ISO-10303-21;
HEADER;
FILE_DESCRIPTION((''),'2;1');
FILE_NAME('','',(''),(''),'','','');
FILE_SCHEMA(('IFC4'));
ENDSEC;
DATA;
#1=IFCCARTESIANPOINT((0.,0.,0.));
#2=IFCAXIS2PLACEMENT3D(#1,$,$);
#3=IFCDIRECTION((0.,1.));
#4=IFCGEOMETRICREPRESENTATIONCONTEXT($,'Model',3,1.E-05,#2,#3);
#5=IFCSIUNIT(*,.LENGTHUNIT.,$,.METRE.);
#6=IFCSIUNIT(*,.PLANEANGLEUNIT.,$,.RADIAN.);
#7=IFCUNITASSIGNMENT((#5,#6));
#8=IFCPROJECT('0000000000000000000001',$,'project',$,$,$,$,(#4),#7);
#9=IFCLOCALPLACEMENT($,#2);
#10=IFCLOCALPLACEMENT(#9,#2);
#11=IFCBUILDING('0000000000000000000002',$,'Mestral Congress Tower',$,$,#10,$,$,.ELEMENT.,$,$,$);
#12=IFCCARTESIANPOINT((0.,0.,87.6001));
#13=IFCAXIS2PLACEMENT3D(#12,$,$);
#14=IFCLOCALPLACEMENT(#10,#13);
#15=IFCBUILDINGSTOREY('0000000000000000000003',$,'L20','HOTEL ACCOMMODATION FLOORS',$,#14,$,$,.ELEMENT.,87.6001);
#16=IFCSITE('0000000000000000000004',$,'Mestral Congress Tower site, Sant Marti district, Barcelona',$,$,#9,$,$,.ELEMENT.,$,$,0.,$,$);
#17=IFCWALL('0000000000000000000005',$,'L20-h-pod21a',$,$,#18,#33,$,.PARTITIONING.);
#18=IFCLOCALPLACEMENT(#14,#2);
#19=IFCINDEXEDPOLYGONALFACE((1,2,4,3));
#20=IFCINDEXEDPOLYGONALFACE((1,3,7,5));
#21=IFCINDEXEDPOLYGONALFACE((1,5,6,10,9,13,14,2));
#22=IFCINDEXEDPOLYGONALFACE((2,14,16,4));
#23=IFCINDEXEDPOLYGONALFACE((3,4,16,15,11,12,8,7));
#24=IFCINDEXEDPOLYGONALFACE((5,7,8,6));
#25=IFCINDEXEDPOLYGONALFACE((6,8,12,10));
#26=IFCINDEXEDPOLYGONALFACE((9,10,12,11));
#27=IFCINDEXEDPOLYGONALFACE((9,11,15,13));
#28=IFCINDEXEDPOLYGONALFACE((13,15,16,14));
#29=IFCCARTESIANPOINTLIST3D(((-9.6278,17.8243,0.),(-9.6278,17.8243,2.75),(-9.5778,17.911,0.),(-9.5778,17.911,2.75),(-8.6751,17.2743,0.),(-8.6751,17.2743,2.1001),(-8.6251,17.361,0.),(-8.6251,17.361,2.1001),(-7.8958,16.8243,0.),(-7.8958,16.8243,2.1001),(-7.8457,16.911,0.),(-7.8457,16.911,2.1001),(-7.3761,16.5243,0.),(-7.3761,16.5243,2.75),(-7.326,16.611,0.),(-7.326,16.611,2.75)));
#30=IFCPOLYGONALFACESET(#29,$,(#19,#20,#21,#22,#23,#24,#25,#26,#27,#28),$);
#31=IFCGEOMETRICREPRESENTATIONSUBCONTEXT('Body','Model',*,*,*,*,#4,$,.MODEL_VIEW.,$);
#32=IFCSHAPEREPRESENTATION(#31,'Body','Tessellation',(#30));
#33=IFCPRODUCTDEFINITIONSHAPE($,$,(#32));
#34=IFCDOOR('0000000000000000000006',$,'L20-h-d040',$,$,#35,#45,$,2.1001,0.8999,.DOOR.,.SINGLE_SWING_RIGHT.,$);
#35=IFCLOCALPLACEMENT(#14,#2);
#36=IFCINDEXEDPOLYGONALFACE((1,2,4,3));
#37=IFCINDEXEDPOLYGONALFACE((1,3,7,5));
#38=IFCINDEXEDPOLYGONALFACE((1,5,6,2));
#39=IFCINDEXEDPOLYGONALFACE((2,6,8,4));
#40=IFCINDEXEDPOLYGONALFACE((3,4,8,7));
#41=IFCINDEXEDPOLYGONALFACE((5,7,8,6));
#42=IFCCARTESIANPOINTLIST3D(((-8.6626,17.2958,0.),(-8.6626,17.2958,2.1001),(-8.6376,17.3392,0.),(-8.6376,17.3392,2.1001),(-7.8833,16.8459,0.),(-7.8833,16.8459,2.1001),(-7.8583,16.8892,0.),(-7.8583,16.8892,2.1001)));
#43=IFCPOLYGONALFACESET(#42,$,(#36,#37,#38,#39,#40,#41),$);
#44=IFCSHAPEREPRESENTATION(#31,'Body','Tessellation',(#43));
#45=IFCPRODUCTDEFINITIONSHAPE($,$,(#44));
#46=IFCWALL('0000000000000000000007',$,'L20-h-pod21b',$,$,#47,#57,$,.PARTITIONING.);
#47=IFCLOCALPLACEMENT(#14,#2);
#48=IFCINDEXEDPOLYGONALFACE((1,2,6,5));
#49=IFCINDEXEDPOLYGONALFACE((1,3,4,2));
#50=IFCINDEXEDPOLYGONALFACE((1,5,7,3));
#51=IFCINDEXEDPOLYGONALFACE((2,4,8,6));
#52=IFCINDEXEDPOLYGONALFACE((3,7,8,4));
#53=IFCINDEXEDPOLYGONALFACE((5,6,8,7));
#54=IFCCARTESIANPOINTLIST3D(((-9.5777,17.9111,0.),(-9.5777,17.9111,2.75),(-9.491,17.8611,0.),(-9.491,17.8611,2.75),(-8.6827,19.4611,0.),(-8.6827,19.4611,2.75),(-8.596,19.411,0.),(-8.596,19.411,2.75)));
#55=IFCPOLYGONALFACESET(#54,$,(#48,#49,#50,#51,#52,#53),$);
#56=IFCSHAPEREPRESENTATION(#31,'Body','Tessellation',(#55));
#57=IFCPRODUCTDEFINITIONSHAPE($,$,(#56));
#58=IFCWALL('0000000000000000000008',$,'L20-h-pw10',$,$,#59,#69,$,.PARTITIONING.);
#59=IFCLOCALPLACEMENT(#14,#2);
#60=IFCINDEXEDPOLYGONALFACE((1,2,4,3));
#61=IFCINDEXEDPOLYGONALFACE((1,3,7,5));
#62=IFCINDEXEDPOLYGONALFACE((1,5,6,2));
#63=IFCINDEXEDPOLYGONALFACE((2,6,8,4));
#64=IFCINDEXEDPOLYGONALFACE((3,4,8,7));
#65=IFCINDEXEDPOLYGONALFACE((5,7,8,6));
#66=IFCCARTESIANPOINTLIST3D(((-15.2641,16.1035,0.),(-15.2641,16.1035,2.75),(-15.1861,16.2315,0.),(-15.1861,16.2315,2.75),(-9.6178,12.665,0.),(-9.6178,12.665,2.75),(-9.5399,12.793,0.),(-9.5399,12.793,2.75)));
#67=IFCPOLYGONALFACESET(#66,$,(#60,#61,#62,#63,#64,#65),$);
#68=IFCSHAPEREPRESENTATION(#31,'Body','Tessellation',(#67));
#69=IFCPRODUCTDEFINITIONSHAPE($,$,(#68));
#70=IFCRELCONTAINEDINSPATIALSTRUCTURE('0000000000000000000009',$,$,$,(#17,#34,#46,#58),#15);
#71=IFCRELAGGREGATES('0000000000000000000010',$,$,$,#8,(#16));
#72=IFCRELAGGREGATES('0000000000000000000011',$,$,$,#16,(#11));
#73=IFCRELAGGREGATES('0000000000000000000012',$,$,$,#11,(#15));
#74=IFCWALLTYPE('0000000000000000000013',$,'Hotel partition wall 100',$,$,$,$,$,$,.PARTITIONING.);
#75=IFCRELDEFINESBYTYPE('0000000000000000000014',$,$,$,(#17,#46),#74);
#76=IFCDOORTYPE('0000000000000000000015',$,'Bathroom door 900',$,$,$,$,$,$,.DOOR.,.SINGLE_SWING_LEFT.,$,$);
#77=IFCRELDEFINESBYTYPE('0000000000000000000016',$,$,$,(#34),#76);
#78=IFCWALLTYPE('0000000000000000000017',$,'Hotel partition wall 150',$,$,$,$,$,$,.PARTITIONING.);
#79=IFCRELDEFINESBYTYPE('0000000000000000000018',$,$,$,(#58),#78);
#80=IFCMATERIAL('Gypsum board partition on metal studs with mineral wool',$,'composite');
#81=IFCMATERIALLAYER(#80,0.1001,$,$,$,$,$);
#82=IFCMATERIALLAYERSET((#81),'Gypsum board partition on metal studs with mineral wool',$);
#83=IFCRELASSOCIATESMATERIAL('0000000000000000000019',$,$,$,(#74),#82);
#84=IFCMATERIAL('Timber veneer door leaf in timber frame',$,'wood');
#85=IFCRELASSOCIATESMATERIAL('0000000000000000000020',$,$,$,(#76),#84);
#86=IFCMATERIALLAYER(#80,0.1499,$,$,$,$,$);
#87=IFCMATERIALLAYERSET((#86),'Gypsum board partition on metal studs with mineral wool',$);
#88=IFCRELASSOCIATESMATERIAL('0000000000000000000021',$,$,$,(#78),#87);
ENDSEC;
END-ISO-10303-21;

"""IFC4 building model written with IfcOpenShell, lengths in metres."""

from ifc_helpers import new_model, si_unit, direction, frame, frame_2d, origin, place, context, subcontext, project, spatial, rectangle, extrude, material, layer, layer_set, type_object, element, fill, save


model = new_model("IFC4")

# Units and contexts
model_context = context("Model", 3, precision=1e-05, world=origin(), true_north=direction((0.0, 1.0)))
body_context = subcontext(model_context, "Body", "Model", "MODEL_VIEW")
ifc_project = project(units=[si_unit("LENGTHUNIT", "METRE"), si_unit("PLANEANGLEUNIT", "RADIAN")], contexts=[model_context])

# Site, building, storey
site_placement = place(None, origin())
site = spatial("IfcSite", under=ifc_project, at=site_placement, Name="Mestral Congress Tower site, Sant Marti district, Barcelona", CompositionType="ELEMENT", RefElevation=0.0)
building_placement = place(site_placement, origin())
building = spatial("IfcBuilding", under=site, at=building_placement, Name="Mestral Congress Tower", CompositionType="ELEMENT")
storey_placement = place(building_placement, frame((0.0, 0.0, 87.6001)))
storey = spatial("IfcBuildingStorey", under=building, at=storey_placement, Name="L20", Description="HOTEL ACCOMMODATION FLOORS", CompositionType="ELEMENT", Elevation=87.6001)

# Wall, opening, door
ifc_material_1 = material(Name="Gypsum board partition on metal studs with mineral wool", Category="composite")
ifc_layer_1 = layer(ifc_material_1, 0.1001)
ifc_layer_set_1 = layer_set([ifc_layer_1], Name="Gypsum board partition on metal studs with mineral wool")
wall_type_1 = type_object("IfcWallType", Name="Hotel partition wall 100", PredefinedType="PARTITIONING", material=ifc_layer_set_1)
wall_1_placement = place(storey_placement, frame((-9.6028, 17.8677, 0.0), z_axis=(0.0, 0.0, 1.0), x_axis=(0.866021, -0.500007, 0.0)))
wall_1 = element("IfcWall", 1, at=wall_1_placement, inside=storey, type_object=wall_type_1, Name="L20-h-pod21a", PredefinedType="PARTITIONING", context=body_context, shape_type="SweptSolid", body=[
    extrude(rectangle(XDim=2.6001, YDim=0.1001, at=frame_2d((1.3, 0.0))), origin(), (0.0, 0.0, 1.0), 2.75),
])
opening_1_placement = place(wall_1_placement, frame((1.1001, 0.0, 0.0)))
opening_1 = element("IfcOpeningElement", 2, at=opening_1_placement, cuts=wall_1, PredefinedType="OPENING", context=body_context, shape_type="SweptSolid", body=[
    extrude(rectangle(XDim=0.8999, YDim=2.1001, at=frame_2d((0.45, 1.05))), frame((0.0, 0.0601, 0.0), z_axis=(0.0, -1.0, 0.0), x_axis=(1.0, 0.0, 0.0)), (0.0, 0.0, 1.0), 0.1201),
])
ifc_material_2 = material(Name="Timber veneer door leaf in timber frame", Category="wood")
door_type = type_object("IfcDoorType", Name="Bathroom door 900", OperationType="SINGLE_SWING_LEFT", PredefinedType="DOOR", material=ifc_material_2)
door_placement = place(opening_1_placement, origin())
door = element("IfcDoor", 3, at=door_placement, inside=storey, type_object=door_type, Name="L20-h-d040", OperationType="SINGLE_SWING_RIGHT", OverallHeight=2.1001, OverallWidth=0.8999, PredefinedType="DOOR", context=body_context, shape_type="SweptSolid", body=[
    extrude(rectangle(XDim=0.8999, YDim=2.1001, at=frame_2d((0.45, 1.05))), frame((0.0, 0.0249, 0.0), z_axis=(0.0, -1.0, 0.0), x_axis=(1.0, 0.0, 0.0)), (0.0, 0.0, 1.0), 0.05),
])
fill(opening_1, door)

# Walls
wall_2_placement = place(storey_placement, frame((-9.5344, 17.886, 0.0), z_axis=(0.0, 0.0, 1.0), x_axis=(0.500041, 0.866002, 0.0)))
element("IfcWall", 4, at=wall_2_placement, inside=storey, type_object=wall_type_1, Name="L20-h-pod21b", PredefinedType="PARTITIONING", context=body_context, shape_type="SweptSolid", body=[
    extrude(rectangle(XDim=1.7898, YDim=0.1001, at=frame_2d((0.895, 0.0))), origin(), (0.0, 0.0, 1.0), 2.75),
])
ifc_layer_2 = layer(ifc_material_1, 0.1499)
ifc_layer_set_2 = layer_set([ifc_layer_2], Name="Gypsum board partition on metal studs with mineral wool")
wall_type_2 = type_object("IfcWallType", Name="Hotel partition wall 150", PredefinedType="PARTITIONING", material=ifc_layer_set_2)
wall_3_placement = place(storey_placement, frame((-15.2251, 16.1675, 0.0), z_axis=(0.0, 0.0, 1.0), x_axis=(0.854089, -0.520127, 0.0)))
element("IfcWall", 5, at=wall_3_placement, inside=storey, type_object=wall_type_2, Name="L20-h-pw10", PredefinedType="PARTITIONING", context=body_context, shape_type="SweptSolid", body=[
    extrude(rectangle(XDim=6.6108, YDim=0.1499, at=frame_2d((3.3054, 0.0))), origin(), (0.0, 0.0, 1.0), 2.75),
])

save(model, "model.ifc")
